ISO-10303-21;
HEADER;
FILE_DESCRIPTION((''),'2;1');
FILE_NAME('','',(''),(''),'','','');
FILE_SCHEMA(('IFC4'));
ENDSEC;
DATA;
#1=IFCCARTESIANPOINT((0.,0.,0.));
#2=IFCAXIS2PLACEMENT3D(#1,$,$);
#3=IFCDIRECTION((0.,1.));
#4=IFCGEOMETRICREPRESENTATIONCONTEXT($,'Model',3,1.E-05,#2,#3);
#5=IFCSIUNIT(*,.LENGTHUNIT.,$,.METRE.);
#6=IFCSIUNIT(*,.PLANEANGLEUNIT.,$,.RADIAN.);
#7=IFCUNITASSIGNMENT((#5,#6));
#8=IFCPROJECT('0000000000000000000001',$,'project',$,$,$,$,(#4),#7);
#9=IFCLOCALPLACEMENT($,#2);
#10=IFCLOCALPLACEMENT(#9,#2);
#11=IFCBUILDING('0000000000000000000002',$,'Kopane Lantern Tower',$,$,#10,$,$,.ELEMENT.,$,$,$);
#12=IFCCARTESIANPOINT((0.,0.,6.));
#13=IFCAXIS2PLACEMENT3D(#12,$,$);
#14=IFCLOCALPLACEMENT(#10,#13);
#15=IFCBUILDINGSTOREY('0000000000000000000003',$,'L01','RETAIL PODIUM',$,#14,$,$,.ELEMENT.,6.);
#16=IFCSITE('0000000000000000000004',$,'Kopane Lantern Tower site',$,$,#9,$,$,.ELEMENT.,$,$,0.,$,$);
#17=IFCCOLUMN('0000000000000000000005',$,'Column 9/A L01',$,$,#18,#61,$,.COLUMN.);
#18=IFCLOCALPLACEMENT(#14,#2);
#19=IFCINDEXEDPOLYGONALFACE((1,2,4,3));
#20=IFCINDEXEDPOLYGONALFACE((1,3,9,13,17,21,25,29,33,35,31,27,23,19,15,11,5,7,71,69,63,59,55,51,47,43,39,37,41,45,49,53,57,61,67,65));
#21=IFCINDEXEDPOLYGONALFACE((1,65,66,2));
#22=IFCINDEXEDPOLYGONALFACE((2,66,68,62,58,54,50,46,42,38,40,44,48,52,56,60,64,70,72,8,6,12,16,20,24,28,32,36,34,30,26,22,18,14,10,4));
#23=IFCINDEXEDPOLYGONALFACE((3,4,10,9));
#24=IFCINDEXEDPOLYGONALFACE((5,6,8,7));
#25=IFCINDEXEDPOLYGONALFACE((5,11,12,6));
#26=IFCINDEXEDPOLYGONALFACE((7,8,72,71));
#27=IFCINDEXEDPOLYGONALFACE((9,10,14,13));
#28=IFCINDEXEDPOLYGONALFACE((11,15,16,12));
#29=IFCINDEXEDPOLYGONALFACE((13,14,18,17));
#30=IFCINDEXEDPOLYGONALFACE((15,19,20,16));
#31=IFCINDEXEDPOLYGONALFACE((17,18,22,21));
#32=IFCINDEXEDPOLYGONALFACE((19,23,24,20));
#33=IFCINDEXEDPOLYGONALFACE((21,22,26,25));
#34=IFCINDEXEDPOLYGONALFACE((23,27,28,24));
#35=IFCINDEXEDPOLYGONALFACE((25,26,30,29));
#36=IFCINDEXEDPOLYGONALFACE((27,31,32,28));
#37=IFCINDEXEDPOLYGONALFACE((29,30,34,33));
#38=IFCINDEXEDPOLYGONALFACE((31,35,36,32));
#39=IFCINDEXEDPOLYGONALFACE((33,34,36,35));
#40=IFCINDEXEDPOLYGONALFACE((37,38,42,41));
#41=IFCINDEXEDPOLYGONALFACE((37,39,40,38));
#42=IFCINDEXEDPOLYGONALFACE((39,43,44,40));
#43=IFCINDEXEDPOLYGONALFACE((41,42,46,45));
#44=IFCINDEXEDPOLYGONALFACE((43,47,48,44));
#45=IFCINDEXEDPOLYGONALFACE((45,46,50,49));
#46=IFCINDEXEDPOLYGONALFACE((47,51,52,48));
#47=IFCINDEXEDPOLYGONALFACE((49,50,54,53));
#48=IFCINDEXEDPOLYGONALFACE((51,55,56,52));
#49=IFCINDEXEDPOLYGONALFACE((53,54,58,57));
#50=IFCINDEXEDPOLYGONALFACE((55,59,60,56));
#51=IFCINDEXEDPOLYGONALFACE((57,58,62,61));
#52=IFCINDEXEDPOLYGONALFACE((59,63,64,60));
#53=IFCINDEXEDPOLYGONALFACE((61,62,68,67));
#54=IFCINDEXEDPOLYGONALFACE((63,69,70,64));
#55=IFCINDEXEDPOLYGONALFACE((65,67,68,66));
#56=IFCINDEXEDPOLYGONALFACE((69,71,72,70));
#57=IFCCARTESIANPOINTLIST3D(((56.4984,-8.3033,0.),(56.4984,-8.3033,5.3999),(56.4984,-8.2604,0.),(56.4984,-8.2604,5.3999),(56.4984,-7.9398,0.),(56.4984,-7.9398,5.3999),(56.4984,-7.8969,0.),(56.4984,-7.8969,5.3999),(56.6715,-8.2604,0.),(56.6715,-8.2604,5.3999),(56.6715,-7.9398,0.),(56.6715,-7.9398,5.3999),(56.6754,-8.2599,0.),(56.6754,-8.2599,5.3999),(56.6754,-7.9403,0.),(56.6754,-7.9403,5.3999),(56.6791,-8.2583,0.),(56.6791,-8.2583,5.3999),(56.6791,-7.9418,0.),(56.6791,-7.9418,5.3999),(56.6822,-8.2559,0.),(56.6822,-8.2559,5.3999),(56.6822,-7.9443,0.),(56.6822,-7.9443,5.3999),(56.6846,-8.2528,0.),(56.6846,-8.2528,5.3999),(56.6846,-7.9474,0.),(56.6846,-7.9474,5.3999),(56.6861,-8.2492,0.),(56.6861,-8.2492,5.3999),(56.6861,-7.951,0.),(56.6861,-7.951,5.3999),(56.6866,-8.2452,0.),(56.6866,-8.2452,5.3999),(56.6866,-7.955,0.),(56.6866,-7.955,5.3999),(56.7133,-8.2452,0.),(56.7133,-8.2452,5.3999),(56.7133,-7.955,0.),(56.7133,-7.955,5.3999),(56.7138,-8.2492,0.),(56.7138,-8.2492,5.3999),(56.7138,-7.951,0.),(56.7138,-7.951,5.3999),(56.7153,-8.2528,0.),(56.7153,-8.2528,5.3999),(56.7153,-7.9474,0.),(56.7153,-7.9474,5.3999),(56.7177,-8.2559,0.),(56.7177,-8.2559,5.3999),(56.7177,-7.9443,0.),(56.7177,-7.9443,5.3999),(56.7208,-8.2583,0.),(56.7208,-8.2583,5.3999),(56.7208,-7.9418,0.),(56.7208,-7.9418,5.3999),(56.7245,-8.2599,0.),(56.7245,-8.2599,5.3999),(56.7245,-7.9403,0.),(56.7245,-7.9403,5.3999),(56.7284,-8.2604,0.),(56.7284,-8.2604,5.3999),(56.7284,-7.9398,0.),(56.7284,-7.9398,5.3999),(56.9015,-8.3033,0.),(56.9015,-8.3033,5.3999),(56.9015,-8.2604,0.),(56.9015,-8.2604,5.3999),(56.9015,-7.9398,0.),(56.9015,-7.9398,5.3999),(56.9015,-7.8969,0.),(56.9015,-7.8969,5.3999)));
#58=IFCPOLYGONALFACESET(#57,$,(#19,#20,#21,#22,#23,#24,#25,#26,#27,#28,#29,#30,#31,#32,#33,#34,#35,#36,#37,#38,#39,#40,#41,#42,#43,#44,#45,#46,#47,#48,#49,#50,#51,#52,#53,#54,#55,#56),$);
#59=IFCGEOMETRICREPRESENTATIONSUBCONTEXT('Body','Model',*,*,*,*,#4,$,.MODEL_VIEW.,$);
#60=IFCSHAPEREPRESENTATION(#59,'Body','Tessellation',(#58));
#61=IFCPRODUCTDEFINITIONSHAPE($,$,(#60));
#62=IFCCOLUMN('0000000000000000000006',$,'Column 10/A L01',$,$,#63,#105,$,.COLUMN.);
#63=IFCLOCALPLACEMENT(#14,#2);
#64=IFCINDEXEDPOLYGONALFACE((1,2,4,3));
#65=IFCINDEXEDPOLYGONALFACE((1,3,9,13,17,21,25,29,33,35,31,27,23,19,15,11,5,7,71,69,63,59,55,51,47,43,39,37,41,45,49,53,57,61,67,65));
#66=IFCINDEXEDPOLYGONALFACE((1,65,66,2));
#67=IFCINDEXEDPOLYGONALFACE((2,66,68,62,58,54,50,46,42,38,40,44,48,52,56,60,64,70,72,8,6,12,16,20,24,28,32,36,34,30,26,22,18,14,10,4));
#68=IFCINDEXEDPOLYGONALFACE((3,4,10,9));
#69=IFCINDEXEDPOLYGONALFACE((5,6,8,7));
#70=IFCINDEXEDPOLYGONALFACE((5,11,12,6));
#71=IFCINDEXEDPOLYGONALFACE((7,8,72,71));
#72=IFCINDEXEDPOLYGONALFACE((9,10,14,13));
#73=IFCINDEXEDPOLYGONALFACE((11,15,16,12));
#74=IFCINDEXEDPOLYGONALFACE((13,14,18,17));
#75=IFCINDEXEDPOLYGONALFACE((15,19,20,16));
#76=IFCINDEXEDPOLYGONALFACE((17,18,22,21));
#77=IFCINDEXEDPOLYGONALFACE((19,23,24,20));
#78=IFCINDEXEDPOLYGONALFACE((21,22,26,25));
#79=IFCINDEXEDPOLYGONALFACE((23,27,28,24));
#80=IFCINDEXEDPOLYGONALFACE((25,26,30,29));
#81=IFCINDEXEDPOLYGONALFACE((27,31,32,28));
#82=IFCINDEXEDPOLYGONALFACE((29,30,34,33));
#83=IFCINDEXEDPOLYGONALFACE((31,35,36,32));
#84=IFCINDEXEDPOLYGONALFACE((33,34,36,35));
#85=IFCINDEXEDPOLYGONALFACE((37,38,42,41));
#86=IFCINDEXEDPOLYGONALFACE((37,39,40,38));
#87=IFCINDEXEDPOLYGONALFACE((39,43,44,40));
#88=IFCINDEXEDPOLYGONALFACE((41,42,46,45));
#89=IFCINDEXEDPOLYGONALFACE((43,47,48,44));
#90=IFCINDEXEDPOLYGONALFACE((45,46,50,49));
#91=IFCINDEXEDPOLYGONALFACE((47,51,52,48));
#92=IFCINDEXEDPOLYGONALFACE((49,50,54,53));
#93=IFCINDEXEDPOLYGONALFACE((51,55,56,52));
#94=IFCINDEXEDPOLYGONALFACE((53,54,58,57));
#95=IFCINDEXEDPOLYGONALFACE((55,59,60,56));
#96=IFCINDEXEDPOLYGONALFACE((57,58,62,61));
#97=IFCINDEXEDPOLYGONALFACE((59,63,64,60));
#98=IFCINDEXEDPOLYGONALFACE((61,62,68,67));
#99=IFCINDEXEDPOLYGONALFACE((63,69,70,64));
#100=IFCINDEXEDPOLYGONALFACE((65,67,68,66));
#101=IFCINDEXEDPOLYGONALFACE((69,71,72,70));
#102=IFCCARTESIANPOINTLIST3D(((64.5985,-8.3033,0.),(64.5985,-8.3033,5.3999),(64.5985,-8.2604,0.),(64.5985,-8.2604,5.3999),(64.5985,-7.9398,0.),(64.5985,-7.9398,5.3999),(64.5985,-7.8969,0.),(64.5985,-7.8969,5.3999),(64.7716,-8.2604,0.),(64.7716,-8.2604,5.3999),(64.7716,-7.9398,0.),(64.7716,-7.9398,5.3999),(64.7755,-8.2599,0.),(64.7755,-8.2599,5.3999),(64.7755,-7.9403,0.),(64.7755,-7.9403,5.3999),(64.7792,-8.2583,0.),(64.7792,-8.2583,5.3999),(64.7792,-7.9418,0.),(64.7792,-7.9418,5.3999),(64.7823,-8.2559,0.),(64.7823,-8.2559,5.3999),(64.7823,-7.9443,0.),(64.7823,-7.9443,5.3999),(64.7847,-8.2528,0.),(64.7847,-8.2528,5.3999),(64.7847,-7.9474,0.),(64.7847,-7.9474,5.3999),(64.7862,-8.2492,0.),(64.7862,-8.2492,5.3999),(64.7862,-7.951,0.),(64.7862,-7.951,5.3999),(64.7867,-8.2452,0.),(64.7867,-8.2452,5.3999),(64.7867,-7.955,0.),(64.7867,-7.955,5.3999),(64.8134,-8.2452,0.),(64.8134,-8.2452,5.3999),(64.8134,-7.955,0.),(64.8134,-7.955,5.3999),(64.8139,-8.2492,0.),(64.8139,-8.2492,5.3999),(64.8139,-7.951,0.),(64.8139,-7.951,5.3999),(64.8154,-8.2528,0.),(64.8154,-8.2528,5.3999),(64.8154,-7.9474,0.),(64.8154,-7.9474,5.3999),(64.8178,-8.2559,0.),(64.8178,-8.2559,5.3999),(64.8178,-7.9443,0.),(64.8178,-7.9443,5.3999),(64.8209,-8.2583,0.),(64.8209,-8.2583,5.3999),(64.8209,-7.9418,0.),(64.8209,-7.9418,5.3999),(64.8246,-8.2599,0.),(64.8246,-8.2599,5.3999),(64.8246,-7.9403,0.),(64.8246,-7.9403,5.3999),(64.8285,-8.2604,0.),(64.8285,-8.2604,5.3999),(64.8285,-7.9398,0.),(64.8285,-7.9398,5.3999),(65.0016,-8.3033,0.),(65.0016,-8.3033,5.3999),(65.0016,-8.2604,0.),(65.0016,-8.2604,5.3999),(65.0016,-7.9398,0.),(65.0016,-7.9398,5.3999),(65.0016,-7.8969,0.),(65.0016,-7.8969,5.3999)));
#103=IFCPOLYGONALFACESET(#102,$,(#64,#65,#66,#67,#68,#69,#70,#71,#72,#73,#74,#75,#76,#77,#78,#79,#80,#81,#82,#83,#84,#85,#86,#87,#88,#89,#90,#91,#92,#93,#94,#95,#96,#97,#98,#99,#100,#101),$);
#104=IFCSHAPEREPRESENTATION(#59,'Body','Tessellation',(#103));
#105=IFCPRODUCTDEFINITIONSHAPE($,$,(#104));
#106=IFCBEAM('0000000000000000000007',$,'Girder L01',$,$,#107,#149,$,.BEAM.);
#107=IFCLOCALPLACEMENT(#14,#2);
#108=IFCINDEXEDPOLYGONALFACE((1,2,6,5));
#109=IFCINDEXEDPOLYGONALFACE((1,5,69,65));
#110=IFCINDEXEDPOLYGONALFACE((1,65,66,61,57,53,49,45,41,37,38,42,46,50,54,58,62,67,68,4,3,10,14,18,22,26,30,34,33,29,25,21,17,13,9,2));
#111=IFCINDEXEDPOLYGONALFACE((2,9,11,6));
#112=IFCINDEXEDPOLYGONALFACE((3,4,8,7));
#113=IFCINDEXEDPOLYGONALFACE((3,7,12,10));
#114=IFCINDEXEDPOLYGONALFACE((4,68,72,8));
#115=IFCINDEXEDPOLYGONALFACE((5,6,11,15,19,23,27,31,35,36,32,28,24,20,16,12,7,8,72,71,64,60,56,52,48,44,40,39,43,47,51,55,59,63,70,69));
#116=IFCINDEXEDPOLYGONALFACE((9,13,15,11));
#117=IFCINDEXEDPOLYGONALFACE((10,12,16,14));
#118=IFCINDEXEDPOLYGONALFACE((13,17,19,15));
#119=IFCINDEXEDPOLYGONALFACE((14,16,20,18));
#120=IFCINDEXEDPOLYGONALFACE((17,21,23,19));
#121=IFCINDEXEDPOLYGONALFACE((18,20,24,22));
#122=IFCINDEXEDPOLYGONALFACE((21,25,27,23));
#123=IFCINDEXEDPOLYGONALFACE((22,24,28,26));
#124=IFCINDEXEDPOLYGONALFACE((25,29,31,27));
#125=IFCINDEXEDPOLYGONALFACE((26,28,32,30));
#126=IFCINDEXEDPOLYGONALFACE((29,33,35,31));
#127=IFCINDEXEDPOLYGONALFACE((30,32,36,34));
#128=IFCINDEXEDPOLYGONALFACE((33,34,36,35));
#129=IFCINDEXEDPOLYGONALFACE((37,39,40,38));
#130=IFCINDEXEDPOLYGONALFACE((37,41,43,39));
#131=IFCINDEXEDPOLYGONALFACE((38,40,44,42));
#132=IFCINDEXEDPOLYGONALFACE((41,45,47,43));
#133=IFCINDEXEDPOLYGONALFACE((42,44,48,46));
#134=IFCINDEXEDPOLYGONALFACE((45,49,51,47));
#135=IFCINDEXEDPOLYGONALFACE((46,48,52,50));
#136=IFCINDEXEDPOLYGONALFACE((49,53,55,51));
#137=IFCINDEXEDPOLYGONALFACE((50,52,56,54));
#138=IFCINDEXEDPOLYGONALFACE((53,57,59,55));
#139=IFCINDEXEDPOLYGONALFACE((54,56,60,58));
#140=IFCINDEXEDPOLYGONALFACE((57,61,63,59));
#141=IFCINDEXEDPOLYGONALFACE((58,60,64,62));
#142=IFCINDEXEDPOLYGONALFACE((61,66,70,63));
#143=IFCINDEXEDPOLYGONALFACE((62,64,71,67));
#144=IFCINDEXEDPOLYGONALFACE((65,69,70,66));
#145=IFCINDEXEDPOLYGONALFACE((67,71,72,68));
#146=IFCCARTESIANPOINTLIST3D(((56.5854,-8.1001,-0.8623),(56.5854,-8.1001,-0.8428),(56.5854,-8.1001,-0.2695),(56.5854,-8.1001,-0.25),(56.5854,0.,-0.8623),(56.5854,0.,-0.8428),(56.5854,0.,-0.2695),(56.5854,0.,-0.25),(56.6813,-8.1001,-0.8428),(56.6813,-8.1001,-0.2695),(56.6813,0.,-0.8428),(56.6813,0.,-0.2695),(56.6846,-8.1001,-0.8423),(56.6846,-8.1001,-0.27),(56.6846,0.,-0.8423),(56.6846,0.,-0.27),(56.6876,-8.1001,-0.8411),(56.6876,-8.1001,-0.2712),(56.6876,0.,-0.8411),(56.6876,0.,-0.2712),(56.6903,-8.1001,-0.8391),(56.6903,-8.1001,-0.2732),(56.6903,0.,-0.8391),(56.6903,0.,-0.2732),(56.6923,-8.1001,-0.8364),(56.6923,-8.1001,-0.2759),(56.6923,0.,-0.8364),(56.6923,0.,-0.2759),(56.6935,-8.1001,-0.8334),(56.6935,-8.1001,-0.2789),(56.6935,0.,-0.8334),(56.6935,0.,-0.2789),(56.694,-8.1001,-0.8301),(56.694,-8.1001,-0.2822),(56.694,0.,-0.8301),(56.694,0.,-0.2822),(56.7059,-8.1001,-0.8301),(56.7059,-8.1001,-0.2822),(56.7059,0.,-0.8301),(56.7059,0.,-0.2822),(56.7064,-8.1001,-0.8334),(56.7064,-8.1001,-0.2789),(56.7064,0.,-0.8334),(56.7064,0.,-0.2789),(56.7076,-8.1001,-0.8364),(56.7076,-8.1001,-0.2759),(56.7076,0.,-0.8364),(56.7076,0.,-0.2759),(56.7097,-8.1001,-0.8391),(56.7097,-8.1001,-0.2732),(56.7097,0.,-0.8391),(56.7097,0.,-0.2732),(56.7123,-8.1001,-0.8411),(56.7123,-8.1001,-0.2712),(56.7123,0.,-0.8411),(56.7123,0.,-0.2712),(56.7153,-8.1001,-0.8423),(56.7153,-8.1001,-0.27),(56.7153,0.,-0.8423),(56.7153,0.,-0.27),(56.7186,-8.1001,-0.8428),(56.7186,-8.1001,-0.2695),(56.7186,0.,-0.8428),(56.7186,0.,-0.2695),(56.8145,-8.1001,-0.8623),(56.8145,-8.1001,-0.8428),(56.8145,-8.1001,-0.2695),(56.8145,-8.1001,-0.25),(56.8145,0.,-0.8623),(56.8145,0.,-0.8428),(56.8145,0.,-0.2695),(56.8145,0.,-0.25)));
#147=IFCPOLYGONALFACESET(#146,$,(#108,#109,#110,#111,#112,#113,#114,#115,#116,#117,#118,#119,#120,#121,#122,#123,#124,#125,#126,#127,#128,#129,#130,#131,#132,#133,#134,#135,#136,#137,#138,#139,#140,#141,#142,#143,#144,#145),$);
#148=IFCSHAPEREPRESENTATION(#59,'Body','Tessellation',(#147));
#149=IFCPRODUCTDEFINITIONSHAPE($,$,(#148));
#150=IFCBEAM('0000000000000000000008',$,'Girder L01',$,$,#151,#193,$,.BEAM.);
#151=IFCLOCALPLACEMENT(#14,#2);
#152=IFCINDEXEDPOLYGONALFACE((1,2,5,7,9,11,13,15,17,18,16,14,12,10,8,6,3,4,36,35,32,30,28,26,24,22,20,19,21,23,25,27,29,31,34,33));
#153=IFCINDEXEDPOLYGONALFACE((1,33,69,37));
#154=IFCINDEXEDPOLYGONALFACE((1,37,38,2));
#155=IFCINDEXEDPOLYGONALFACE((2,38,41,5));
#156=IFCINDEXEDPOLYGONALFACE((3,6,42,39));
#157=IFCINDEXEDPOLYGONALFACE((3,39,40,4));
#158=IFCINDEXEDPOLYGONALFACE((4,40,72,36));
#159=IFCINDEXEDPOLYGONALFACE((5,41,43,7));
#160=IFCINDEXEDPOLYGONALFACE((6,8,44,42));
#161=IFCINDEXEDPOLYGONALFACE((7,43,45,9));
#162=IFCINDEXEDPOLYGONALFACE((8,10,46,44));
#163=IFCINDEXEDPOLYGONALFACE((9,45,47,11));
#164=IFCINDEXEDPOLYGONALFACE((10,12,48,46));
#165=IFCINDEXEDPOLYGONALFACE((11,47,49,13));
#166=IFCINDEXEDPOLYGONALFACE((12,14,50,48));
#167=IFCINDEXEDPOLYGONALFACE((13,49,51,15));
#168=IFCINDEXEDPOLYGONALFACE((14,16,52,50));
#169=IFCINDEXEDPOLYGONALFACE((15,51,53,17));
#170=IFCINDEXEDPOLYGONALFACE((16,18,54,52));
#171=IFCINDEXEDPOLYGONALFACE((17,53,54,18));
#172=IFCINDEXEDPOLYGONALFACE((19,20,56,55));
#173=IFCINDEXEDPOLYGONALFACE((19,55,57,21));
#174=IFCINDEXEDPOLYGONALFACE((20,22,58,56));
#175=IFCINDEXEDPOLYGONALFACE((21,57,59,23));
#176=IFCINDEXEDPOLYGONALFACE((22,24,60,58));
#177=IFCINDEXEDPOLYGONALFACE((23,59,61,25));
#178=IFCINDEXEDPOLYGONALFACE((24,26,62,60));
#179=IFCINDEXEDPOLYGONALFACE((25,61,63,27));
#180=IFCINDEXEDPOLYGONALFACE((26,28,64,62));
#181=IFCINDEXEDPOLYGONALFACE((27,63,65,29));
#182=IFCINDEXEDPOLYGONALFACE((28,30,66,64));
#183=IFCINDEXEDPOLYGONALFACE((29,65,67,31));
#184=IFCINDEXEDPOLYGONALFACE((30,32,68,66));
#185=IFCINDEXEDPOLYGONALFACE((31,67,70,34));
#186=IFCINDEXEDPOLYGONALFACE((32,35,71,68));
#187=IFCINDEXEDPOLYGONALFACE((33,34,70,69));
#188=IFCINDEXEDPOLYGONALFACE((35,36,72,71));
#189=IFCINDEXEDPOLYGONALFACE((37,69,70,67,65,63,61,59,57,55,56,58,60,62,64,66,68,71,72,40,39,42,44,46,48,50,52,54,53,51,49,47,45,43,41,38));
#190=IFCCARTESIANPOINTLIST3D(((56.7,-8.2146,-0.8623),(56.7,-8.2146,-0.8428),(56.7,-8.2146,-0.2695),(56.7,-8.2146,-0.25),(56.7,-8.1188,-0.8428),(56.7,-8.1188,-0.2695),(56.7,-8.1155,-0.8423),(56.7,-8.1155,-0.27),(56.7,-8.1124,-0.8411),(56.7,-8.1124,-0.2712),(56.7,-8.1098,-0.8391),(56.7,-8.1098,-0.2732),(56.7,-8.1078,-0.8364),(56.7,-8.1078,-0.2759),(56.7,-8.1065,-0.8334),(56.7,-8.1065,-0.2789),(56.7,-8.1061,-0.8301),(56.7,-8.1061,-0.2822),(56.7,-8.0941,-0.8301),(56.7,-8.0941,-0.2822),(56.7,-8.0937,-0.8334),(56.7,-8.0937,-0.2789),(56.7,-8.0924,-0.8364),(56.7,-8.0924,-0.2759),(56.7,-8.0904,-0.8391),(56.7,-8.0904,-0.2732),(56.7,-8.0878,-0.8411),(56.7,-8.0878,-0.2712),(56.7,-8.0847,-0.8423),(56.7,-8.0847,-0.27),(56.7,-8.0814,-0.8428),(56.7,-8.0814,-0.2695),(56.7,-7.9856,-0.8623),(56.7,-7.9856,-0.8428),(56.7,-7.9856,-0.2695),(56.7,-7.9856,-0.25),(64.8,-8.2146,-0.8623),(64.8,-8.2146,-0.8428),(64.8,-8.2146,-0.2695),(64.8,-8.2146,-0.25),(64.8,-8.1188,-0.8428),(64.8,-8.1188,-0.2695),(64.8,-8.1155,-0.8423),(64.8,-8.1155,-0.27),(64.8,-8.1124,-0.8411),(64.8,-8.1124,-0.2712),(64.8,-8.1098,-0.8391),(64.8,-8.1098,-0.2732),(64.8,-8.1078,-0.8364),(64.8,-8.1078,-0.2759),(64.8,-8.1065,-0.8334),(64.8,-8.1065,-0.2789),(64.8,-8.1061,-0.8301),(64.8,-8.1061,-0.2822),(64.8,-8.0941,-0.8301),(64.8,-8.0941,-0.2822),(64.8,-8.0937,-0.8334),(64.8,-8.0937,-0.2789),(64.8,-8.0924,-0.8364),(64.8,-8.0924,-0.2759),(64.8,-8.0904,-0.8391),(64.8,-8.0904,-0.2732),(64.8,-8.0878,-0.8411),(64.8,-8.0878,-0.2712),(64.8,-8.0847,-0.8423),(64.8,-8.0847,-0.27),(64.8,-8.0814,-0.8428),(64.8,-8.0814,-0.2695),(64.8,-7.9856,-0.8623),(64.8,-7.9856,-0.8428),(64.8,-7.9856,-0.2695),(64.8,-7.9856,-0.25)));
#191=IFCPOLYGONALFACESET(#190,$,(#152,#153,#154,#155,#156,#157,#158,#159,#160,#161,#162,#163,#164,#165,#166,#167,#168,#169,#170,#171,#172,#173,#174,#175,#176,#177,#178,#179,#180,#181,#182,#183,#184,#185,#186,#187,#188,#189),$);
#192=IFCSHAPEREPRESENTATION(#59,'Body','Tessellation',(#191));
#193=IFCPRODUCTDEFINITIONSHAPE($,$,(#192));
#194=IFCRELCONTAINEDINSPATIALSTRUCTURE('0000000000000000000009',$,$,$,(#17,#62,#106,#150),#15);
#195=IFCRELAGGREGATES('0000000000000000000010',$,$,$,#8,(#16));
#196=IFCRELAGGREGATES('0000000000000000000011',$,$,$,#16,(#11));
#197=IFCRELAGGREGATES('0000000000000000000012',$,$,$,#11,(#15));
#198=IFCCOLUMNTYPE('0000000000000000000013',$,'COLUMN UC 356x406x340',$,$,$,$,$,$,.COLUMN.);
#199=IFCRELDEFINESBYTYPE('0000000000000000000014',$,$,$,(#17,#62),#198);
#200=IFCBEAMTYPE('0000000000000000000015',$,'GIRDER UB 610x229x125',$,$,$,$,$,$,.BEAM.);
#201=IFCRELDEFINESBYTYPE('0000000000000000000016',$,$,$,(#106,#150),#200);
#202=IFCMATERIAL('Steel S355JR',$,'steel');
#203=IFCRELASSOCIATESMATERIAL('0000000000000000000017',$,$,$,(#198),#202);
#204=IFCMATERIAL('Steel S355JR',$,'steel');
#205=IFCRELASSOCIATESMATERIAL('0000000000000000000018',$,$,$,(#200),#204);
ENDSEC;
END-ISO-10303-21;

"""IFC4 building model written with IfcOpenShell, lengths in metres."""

from ifc_helpers import new_model, si_unit, direction, frame, origin, origin_2d, place, context, subcontext, project, spatial, i_section, extrude, material, material_profile, profile_set, type_object, element, save


model = new_model("IFC4")

# Units and contexts
model_context = context("Model", 3, precision=1e-05, world=origin(), true_north=direction((0.0, 1.0)))
body_context = subcontext(model_context, "Body", "Model", "MODEL_VIEW")
ifc_project = project(units=[si_unit("LENGTHUNIT", "METRE"), si_unit("PLANEANGLEUNIT", "RADIAN")], contexts=[model_context])

# Site, building, storey
site_placement = place(None, origin())
site = spatial("IfcSite", under=ifc_project, at=site_placement, Name="Kopane Lantern Tower site", CompositionType="ELEMENT", RefElevation=0.0)
building_placement = place(site_placement, origin())
building = spatial("IfcBuilding", under=site, at=building_placement, Name="Kopane Lantern Tower", CompositionType="ELEMENT")
storey_placement = place(building_placement, frame((0.0, 0.0, 6.0)))
storey = spatial("IfcBuildingStorey", under=building, at=storey_placement, Name="L01", Description="RETAIL PODIUM", CompositionType="ELEMENT", Elevation=6.0)

# Columns
ifc_material_1 = material(Name="Steel S355JR", Category="steel")
ifc_material_profile_1 = material_profile(ifc_material_1, i_section(OverallWidth=0.4031, OverallDepth=0.4065, WebThickness=0.0266, FlangeThickness=0.043, FilletRadius=0.0151, at=origin_2d()), Name="UC 356x406x340")
ifc_profile_set_1 = profile_set([ifc_material_profile_1], Name="Steel S355JR")
column_type = type_object("IfcColumnType", Name="COLUMN UC 356x406x340", PredefinedType="COLUMN", material=ifc_profile_set_1)
for number, where, z_axis, x_axis, name in (
    (1, (56.7, -8.1001, 0.0), (0.0, 0.0, 1.0), (1.0, 0.0, 0.0), "Column 9/A L01"),
    (2, (64.8, -8.1001, 0.0), (0.0, 0.0, 1.0), (1.0, 0.0, 0.0), "Column 10/A L01"),
):
    element("IfcColumn", number, at=place(storey_placement, frame(where, z_axis=z_axis, x_axis=x_axis)), inside=storey, type_object=column_type, Name=name, PredefinedType="COLUMN", context=body_context, shape_type="SweptSolid", body=[
        extrude(i_section(OverallWidth=0.4031, OverallDepth=0.4065, WebThickness=0.0266, FlangeThickness=0.043, FilletRadius=0.0151, at=origin_2d()), origin(), (0.0, 0.0, 1.0), 5.3999),
    ])

# Beams
ifc_material_2 = material(Name="Steel S355JR", Category="steel")
ifc_material_profile_2 = material_profile(ifc_material_2, i_section(OverallWidth=0.229, OverallDepth=0.6123, WebThickness=0.012, FlangeThickness=0.0195, FilletRadius=0.0127, at=origin_2d()), Name="UB 610x229x125")
ifc_profile_set_2 = profile_set([ifc_material_profile_2], Name="Steel S355JR")
beam_type = type_object("IfcBeamType", Name="GIRDER UB 610x229x125", PredefinedType="BEAM", material=ifc_profile_set_2)
for number, where, z_axis, x_axis, name in (
    (3, (56.7, -8.1001, -0.5562), (0.0, 1.0, 0.0), (-1.0, 0.0, 0.0), "Girder L01"),
    (4, (56.7, -8.1001, -0.5562), (1.0, 0.0, 0.0), (0.0, 1.0, 0.0), "Girder L01"),
):
    element("IfcBeam", number, at=place(storey_placement, frame(where, z_axis=z_axis, x_axis=x_axis)), inside=storey, type_object=beam_type, Name=name, PredefinedType="BEAM", context=body_context, shape_type="SweptSolid", body=[
        extrude(i_section(OverallWidth=0.229, OverallDepth=0.6123, WebThickness=0.012, FlangeThickness=0.0195, FilletRadius=0.0127, at=origin_2d()), origin(), (0.0, 0.0, 1.0), 8.1001),
    ])

save(model, "model.ifc")
